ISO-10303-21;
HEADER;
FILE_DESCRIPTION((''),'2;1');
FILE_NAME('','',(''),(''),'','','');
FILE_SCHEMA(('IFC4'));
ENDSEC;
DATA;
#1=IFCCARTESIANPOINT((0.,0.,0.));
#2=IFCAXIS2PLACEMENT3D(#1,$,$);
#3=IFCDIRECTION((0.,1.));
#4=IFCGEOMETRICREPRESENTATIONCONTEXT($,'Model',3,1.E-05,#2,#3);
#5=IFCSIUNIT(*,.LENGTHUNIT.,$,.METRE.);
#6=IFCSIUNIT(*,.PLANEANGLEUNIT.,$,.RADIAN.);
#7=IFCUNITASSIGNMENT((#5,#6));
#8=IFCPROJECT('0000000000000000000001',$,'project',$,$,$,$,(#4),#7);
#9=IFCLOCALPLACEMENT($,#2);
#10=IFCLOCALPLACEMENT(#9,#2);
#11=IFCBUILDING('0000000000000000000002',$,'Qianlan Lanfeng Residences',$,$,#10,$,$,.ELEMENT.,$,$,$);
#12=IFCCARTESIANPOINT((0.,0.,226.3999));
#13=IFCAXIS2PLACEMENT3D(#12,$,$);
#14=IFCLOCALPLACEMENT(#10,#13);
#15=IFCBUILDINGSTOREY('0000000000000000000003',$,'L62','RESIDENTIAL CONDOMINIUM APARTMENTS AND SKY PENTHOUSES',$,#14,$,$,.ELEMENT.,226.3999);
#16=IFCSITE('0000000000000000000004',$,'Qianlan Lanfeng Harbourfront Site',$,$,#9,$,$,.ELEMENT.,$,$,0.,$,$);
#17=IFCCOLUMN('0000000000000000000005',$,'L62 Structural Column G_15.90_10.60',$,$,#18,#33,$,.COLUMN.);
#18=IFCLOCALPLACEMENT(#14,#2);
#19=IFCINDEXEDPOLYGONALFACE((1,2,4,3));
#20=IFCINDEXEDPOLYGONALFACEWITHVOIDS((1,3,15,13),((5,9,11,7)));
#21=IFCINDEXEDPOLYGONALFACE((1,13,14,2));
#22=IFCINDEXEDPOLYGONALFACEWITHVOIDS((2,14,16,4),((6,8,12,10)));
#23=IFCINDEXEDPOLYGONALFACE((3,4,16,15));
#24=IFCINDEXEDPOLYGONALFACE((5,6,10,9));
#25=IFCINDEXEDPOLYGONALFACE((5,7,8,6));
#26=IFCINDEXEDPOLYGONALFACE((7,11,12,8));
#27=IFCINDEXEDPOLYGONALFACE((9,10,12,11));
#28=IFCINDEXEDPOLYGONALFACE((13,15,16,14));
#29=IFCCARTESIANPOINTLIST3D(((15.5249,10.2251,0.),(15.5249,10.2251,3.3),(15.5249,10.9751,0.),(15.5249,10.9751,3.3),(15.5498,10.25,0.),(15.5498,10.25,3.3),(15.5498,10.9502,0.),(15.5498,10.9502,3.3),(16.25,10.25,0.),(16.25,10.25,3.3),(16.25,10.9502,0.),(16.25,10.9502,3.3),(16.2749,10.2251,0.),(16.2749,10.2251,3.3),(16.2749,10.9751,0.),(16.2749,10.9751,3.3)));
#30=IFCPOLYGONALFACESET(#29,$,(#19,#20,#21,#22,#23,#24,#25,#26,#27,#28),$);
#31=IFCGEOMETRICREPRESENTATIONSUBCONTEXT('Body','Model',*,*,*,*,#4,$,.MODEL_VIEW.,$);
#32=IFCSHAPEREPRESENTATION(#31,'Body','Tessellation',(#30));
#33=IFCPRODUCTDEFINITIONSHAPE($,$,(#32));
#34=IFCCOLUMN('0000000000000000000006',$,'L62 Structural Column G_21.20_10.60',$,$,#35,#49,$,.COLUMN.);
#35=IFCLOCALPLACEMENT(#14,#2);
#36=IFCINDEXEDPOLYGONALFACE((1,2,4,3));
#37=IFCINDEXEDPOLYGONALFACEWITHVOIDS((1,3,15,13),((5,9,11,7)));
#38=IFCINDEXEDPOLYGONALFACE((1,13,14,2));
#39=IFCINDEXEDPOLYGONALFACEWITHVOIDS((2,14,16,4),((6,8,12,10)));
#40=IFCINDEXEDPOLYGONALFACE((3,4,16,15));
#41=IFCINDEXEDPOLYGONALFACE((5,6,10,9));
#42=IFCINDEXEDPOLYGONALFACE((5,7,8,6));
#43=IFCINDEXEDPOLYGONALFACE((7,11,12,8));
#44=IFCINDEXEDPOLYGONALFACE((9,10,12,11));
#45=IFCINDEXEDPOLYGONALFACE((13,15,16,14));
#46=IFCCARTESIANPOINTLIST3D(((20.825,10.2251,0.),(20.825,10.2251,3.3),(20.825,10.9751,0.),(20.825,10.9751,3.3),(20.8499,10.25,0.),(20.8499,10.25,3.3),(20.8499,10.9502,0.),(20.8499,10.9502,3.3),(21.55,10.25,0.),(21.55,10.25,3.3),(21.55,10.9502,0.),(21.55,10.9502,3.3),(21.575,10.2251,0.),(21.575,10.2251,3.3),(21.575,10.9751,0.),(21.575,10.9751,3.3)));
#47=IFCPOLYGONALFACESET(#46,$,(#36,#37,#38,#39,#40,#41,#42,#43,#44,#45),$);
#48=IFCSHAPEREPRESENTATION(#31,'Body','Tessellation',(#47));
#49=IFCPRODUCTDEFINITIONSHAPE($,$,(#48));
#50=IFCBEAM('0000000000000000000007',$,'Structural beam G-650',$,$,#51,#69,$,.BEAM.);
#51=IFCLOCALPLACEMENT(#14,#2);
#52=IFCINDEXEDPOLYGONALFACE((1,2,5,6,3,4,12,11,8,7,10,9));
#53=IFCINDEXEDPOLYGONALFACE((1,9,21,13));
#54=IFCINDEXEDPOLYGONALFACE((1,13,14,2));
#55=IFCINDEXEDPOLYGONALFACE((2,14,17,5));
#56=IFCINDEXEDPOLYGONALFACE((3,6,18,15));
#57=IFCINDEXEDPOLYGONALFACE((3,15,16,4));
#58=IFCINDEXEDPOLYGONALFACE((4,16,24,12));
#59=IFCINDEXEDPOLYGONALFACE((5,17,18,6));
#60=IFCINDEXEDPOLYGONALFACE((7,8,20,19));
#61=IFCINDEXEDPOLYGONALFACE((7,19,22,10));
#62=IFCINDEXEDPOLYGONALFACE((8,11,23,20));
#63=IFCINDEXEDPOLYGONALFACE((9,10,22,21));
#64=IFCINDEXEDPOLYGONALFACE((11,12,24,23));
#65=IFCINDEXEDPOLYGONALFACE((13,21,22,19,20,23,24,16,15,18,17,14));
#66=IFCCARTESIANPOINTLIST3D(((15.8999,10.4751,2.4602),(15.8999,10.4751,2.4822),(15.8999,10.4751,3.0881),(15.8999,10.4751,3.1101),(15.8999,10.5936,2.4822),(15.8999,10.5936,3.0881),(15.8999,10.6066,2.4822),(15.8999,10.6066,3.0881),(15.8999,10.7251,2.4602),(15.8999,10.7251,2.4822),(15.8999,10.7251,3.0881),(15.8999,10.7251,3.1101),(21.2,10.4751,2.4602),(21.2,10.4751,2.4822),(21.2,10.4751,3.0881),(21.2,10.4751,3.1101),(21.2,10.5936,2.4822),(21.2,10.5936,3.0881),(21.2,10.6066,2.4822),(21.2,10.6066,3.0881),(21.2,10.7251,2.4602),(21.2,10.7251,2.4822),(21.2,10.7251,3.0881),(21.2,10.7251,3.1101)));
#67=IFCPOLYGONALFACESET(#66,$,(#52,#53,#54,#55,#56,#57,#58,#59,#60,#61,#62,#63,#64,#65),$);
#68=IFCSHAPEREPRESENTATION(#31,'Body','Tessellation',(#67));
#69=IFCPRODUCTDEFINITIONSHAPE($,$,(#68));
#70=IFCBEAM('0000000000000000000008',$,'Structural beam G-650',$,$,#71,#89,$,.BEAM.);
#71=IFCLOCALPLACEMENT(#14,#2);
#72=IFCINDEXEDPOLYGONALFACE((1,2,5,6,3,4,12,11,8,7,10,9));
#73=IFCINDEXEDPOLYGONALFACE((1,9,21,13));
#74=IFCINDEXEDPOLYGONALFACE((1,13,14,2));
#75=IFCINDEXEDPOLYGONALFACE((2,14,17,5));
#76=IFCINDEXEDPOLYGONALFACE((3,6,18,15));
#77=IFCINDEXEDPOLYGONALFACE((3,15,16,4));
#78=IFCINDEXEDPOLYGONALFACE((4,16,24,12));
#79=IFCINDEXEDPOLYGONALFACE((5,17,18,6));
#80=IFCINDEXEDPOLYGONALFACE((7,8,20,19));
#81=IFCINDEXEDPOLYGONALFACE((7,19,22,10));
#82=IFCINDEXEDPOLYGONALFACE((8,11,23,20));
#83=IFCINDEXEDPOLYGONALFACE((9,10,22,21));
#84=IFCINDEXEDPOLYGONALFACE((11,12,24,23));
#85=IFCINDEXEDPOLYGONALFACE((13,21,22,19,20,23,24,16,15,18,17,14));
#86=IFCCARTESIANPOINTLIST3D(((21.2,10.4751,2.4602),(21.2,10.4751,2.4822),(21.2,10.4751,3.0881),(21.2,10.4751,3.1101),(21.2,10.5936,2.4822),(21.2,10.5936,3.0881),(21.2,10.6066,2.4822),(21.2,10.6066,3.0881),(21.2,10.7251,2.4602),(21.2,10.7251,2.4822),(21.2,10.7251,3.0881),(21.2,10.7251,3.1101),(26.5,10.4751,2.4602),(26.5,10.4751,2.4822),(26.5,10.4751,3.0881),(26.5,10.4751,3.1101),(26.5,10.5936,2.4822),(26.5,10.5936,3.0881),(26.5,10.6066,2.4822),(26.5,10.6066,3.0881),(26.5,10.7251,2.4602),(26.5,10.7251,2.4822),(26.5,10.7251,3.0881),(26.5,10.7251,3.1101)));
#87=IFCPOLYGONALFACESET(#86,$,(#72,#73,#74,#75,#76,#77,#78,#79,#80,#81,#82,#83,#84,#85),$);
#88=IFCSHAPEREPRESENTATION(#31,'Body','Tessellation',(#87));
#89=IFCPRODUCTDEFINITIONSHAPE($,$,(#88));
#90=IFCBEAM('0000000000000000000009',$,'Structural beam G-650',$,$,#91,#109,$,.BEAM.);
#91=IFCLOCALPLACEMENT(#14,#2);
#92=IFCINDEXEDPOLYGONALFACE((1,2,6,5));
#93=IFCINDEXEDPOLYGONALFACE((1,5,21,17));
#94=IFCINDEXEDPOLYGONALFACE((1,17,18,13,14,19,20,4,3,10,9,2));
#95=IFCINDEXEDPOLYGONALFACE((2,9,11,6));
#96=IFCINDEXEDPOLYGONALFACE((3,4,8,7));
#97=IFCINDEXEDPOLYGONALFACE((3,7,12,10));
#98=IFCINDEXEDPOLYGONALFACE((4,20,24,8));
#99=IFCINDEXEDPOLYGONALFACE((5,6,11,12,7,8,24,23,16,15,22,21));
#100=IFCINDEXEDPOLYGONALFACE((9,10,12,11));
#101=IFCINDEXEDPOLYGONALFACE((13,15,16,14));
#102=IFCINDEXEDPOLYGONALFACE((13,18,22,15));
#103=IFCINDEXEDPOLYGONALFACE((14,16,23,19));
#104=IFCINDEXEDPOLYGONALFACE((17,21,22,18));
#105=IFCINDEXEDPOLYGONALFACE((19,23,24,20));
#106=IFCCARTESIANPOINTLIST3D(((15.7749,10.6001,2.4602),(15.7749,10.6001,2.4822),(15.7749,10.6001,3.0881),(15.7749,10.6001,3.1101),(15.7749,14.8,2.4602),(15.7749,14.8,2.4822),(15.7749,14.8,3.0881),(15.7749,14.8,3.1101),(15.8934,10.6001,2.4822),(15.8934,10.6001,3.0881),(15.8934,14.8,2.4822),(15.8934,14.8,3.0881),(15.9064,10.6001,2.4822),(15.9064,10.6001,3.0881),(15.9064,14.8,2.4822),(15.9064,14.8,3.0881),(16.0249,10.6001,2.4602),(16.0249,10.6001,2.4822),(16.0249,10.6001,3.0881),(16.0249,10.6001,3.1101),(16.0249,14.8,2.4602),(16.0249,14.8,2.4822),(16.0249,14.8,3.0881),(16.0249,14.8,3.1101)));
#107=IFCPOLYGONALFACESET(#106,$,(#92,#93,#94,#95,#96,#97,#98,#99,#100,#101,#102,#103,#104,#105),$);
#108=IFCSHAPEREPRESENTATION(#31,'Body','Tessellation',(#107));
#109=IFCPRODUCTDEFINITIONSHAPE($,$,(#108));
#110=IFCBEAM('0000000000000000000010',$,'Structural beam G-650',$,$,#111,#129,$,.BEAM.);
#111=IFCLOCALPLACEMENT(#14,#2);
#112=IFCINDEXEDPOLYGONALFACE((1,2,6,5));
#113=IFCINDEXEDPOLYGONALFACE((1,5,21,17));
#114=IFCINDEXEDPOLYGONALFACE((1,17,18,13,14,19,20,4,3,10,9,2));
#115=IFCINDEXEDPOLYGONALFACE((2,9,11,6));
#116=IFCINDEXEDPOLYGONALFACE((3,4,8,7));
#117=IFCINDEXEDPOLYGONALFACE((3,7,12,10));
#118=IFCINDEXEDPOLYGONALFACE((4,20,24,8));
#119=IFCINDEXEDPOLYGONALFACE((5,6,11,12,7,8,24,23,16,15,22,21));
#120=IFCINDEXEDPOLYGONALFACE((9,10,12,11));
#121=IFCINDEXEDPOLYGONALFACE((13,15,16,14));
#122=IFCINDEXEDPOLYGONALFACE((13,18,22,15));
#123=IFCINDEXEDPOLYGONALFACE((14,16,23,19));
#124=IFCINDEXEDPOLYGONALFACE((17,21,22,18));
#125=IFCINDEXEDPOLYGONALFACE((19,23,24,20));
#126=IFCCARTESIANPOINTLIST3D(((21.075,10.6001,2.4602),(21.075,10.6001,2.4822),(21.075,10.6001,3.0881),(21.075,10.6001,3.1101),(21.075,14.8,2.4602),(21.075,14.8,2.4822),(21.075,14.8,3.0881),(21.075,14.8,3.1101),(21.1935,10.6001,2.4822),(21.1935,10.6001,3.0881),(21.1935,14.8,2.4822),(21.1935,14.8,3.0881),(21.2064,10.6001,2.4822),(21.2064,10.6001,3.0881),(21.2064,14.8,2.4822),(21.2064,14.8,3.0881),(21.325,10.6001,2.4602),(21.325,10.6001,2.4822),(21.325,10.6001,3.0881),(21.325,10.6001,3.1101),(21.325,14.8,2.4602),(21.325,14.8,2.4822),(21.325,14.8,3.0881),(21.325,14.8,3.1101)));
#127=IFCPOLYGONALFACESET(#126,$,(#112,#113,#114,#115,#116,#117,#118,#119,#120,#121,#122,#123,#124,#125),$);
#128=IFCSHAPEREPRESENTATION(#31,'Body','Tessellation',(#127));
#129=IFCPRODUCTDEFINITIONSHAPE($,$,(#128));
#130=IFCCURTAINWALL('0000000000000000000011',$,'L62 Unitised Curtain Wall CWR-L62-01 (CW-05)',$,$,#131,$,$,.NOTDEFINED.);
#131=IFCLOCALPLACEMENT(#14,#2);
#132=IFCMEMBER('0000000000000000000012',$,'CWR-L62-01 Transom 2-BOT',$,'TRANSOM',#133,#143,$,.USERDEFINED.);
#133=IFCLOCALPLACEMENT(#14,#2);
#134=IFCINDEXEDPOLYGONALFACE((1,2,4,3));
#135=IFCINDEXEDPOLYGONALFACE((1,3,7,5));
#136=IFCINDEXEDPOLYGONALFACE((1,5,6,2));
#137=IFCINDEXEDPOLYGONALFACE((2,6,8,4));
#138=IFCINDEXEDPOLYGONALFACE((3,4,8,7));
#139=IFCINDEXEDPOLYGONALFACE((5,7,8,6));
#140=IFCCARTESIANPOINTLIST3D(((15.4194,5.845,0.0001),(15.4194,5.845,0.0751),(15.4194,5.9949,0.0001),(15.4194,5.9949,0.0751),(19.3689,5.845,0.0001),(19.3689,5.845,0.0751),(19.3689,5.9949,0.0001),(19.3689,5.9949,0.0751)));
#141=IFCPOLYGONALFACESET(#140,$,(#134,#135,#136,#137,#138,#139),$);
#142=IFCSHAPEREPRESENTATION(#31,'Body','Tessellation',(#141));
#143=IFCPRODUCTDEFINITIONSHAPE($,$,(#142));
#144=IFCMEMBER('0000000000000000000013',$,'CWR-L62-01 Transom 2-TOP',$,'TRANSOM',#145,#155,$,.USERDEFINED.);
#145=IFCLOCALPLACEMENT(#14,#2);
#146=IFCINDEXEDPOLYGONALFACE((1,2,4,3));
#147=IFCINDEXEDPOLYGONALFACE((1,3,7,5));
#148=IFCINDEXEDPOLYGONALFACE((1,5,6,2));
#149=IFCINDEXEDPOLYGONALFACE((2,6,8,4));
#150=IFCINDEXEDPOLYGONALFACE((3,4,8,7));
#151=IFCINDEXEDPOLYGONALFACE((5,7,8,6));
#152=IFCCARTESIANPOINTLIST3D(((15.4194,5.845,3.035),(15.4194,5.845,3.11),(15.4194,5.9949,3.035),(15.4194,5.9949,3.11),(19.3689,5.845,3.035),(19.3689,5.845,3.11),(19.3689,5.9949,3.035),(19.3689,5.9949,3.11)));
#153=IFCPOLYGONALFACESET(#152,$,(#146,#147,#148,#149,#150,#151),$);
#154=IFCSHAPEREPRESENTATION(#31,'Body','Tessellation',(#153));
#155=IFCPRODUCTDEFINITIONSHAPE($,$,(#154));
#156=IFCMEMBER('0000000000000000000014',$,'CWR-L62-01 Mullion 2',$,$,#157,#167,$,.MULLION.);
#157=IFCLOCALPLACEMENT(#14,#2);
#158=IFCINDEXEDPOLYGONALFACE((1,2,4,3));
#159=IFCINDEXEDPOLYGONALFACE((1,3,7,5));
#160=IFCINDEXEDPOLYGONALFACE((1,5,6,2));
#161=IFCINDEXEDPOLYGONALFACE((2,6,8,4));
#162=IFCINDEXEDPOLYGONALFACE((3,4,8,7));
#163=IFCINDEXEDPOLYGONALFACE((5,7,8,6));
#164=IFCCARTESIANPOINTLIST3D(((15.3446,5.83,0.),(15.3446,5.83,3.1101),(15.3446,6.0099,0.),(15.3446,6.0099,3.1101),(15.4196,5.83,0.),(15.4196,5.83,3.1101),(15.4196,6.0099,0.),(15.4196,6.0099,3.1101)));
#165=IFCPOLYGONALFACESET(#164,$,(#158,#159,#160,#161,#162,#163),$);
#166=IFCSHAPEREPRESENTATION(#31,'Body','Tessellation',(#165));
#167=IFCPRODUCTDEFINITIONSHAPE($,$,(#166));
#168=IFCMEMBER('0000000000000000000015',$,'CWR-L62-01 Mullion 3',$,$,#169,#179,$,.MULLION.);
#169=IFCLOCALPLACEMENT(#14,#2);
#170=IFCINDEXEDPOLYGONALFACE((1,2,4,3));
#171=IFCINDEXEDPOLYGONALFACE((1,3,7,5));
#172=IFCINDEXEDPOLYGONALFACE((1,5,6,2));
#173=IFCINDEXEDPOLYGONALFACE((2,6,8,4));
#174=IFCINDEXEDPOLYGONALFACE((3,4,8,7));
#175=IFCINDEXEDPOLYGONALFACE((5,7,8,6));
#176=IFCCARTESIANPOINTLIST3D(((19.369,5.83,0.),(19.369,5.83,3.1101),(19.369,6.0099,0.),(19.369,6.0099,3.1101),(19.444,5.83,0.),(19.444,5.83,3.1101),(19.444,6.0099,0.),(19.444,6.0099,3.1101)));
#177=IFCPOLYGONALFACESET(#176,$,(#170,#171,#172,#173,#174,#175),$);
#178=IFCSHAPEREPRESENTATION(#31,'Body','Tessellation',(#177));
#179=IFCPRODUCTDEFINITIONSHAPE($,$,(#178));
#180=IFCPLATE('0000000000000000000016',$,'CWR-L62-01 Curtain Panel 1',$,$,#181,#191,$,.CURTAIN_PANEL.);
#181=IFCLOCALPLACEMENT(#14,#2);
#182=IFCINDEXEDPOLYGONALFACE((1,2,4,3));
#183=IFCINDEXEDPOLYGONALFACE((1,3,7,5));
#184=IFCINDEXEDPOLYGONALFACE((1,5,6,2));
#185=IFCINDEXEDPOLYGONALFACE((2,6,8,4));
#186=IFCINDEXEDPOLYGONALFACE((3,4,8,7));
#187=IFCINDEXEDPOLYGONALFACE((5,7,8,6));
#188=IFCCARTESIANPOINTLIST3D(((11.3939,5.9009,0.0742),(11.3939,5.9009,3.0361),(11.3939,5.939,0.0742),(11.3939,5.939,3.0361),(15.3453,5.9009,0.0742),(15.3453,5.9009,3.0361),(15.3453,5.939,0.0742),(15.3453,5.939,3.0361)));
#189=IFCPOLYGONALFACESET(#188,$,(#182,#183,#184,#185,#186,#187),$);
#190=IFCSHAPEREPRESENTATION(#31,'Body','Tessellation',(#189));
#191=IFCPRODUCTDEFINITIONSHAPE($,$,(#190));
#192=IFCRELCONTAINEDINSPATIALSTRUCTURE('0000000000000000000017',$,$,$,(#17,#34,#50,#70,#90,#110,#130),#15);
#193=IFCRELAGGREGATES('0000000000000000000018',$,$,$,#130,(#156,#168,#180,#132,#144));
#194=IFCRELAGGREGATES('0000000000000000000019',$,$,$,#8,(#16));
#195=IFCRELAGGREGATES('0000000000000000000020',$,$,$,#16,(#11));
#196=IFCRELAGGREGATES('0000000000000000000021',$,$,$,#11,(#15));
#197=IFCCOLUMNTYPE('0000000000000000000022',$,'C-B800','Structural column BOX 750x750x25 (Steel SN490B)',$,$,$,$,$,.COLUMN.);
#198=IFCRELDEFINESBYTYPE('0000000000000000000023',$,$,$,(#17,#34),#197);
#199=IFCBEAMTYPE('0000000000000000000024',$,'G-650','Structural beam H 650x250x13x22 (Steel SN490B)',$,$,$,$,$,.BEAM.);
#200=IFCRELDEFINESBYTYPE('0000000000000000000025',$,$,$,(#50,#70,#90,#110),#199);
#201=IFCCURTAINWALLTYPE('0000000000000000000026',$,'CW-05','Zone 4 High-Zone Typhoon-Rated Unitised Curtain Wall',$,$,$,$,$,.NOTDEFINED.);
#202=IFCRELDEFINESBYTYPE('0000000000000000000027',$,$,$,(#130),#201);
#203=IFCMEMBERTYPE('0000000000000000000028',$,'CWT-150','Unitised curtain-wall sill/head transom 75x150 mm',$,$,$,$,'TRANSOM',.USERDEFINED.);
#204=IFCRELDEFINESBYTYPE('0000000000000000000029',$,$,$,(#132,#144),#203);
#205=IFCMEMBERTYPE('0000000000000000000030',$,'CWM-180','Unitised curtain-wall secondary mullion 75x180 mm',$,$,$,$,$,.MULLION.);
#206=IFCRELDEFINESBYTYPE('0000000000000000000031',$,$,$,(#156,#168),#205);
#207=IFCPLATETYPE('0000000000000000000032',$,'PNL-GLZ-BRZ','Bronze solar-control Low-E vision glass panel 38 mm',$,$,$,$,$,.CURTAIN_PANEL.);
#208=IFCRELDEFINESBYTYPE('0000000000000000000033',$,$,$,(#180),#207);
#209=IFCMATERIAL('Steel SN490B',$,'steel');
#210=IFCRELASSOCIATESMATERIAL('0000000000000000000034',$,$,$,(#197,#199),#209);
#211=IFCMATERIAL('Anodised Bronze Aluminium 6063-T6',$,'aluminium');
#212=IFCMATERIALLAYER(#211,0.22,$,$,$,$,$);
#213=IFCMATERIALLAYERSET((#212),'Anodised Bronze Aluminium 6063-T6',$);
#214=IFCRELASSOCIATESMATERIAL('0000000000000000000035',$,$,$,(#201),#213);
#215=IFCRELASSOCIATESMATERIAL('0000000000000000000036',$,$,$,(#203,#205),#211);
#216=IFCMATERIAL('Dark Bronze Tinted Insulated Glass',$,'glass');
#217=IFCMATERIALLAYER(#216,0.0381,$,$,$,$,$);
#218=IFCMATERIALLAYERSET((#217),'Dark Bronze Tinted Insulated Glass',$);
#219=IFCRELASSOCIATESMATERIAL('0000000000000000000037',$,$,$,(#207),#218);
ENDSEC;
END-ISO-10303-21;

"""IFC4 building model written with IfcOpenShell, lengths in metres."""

from ifc_helpers import new_model, si_unit, direction, frame, origin, origin_2d, place, context, subcontext, project, spatial, rectangle, hollow_rectangle, i_section, extrude, source, transform, mapped, material, layer, layer_set, material_profile, profile_set, type_object, element, aggregate, save


model = new_model("IFC4")

# Units and contexts
model_context = context("Model", 3, precision=1e-05, world=origin(), true_north=direction((0.0, 1.0)))
body_context = subcontext(model_context, "Body", "Model", "MODEL_VIEW")
ifc_project = project(units=[si_unit("LENGTHUNIT", "METRE"), si_unit("PLANEANGLEUNIT", "RADIAN")], contexts=[model_context])

# Site, building, storey
site_placement = place(None, origin())
site = spatial("IfcSite", under=ifc_project, at=site_placement, Name="Qianlan Lanfeng Harbourfront Site", CompositionType="ELEMENT", RefElevation=0.0)
building_placement = place(site_placement, origin())
building = spatial("IfcBuilding", under=site, at=building_placement, Name="Qianlan Lanfeng Residences", CompositionType="ELEMENT")
storey_placement = place(building_placement, frame((0.0, 0.0, 226.3999)))
storey = spatial("IfcBuildingStorey", under=building, at=storey_placement, Name="L62", Description="RESIDENTIAL CONDOMINIUM APARTMENTS AND SKY PENTHOUSES", CompositionType="ELEMENT", Elevation=226.3999)

# Columns
ifc_material_1 = material(Name="Steel SN490B", Category="steel")
ifc_material_profile_1 = material_profile(ifc_material_1, hollow_rectangle(XDim=0.75, YDim=0.75, WallThickness=0.0249, at=origin_2d()), Name="BOX 750x750x25")
ifc_profile_set_1 = profile_set([ifc_material_profile_1], Name="Steel SN490B")
column_type = type_object("IfcColumnType", Name="C-B800", Description="Structural column BOX 750x750x25 (Steel SN490B)", PredefinedType="COLUMN", material=ifc_profile_set_1)
for number, where, z_axis, x_axis, name in (
    (1, (15.8999, 10.6001, 0.0), (0.0, 0.0, 1.0), (1.0, 0.0, 0.0), "L62 Structural Column G_15.90_10.60"),
    (2, (21.2, 10.6001, 0.0), (0.0, 0.0, 1.0), (1.0, 0.0, 0.0), "L62 Structural Column G_21.20_10.60"),
):
    element("IfcColumn", number, at=place(storey_placement, frame(where, z_axis=z_axis, x_axis=x_axis)), inside=storey, type_object=column_type, Name=name, PredefinedType="COLUMN", context=body_context, shape_type="SweptSolid", body=[
        extrude(hollow_rectangle(XDim=0.75, YDim=0.75, WallThickness=0.0249, at=origin_2d()), origin(), (0.0, 0.0, 1.0), 3.3),
    ])

# Beams
ifc_material_profile_2 = material_profile(ifc_material_1, i_section(OverallWidth=0.25, OverallDepth=0.6499, WebThickness=0.0129, FlangeThickness=0.022, at=origin_2d()), Name="H 650x250x13x22")
ifc_profile_set_2 = profile_set([ifc_material_profile_2], Name="Steel SN490B")
beam_type = type_object("IfcBeamType", Name="G-650", Description="Structural beam H 650x250x13x22 (Steel SN490B)", PredefinedType="BEAM", material=ifc_profile_set_2)
for number, where, z_axis, x_axis, name in (
    (3, (15.8999, 10.6001, 2.7852), (1.0, 0.0, 0.0), (0.0, 1.0, 0.0), "Structural beam G-650"),
    (4, (21.2, 10.6001, 2.7852), (1.0, 0.0, 0.0), (0.0, 1.0, 0.0), "Structural beam G-650"),
):
    element("IfcBeam", number, at=place(storey_placement, frame(where, z_axis=z_axis, x_axis=x_axis)), inside=storey, type_object=beam_type, Name=name, PredefinedType="BEAM", context=body_context, shape_type="SweptSolid", body=[
        extrude(i_section(OverallWidth=0.25, OverallDepth=0.6499, WebThickness=0.0129, FlangeThickness=0.022, at=origin_2d()), origin(), (0.0, 0.0, 1.0), 5.3),
    ])
for number, where, z_axis, x_axis, name in (
    (5, (15.8999, 10.6001, 2.7852), (0.0, 1.0, 0.0), (-1.0, 0.0, 0.0), "Structural beam G-650"),
    (6, (21.2, 10.6001, 2.7852), (0.0, 1.0, 0.0), (-1.0, 0.0, 0.0), "Structural beam G-650"),
):
    element("IfcBeam", number, at=place(storey_placement, frame(where, z_axis=z_axis, x_axis=x_axis)), inside=storey, type_object=beam_type, Name=name, PredefinedType="BEAM", context=body_context, shape_type="SweptSolid", body=[
        extrude(i_section(OverallWidth=0.25, OverallDepth=0.6499, WebThickness=0.0129, FlangeThickness=0.022, at=origin_2d()), origin(), (0.0, 0.0, 1.0), 4.2),
    ])

# Curtain wall, members, plate
ifc_material_2 = material(Name="Anodised Bronze Aluminium 6063-T6", Category="aluminium")
ifc_layer_1 = layer(ifc_material_2, 0.22)
ifc_layer_set_1 = layer_set([ifc_layer_1], Name="Anodised Bronze Aluminium 6063-T6")
curtain_wall_type = type_object("IfcCurtainWallType", Name="CW-05", Description="Zone 4 High-Zone Typhoon-Rated Unitised Curtain Wall", PredefinedType="NOTDEFINED", material=ifc_layer_set_1)
curtain_wall_placement = place(storey_placement, origin())
curtain_wall = element("IfcCurtainWall", 7, at=curtain_wall_placement, inside=storey, type_object=curtain_wall_type, Name="L62 Unitised Curtain Wall CWR-L62-01 (CW-05)", PredefinedType="NOTDEFINED")
ifc_material_profile_3 = material_profile(ifc_material_2, rectangle(XDim=0.075, YDim=0.1499, at=origin_2d()), Name="ALU TRANSOM 75x150")
ifc_profile_set_3 = profile_set([ifc_material_profile_3], Name="Anodised Bronze Aluminium 6063-T6")
member_type_1 = type_object("IfcMemberType", Name="CWT-150", Description="Unitised curtain-wall sill/head transom 75x150 mm", ElementType="TRANSOM", PredefinedType="USERDEFINED", material=ifc_profile_set_3)
shared_shape_1 = source(origin(), body_context, "Body", "SweptSolid", [
    extrude(rectangle(XDim=0.075, YDim=0.1499, at=origin_2d()), origin(), (0.0, 0.0, 1.0), 3.9495),
])
member_1_placement = place(storey_placement, frame((15.4194, 5.9199, 0.0376), z_axis=(1.0, 0.0, 0.0), x_axis=(0.0, 0.0, 1.0)))
member_1 = element("IfcMember", 8, at=member_1_placement, type_object=member_type_1, Name="CWR-L62-01 Transom 2-BOT", ObjectType="TRANSOM", PredefinedType="USERDEFINED", context=body_context, shape_type="MappedRepresentation", body=[
    mapped(shared_shape_1, transform((0.0, 0.0, 0.0), scale=1.0)),
])
member_2_placement = place(storey_placement, frame((15.4194, 5.9199, 3.0725), z_axis=(1.0, 0.0, 0.0), x_axis=(0.0, 0.0, 1.0)))
member_2 = element("IfcMember", 9, at=member_2_placement, type_object=member_type_1, Name="CWR-L62-01 Transom 2-TOP", ObjectType="TRANSOM", PredefinedType="USERDEFINED", context=body_context, shape_type="MappedRepresentation", body=[
    mapped(shared_shape_1, transform((0.0, 0.0, 0.0), scale=1.0)),
])
ifc_material_profile_4 = material_profile(ifc_material_2, rectangle(XDim=0.075, YDim=0.1799, at=origin_2d()), Name="ALU MULLION 75x180")
ifc_profile_set_4 = profile_set([ifc_material_profile_4], Name="Anodised Bronze Aluminium 6063-T6")
member_type_2 = type_object("IfcMemberType", Name="CWM-180", Description="Unitised curtain-wall secondary mullion 75x180 mm", PredefinedType="MULLION", material=ifc_profile_set_4)
shared_shape_2 = source(origin(), body_context, "Body", "SweptSolid", [
    extrude(rectangle(XDim=0.075, YDim=0.1799, at=origin_2d()), origin(), (0.0, 0.0, 1.0), 3.1101),
])
member_3_placement = place(storey_placement, frame((15.3821, 5.9199, 0.0), z_axis=(0.0, 0.0, 1.0), x_axis=(1.0, 0.0, 0.0)))
member_3 = element("IfcMember", 10, at=member_3_placement, type_object=member_type_2, Name="CWR-L62-01 Mullion 2", PredefinedType="MULLION", context=body_context, shape_type="MappedRepresentation", body=[
    mapped(shared_shape_2, transform((0.0, 0.0, 0.0), scale=1.0)),
])
member_4_placement = place(storey_placement, frame((19.4065, 5.9199, 0.0), z_axis=(0.0, 0.0, 1.0), x_axis=(1.0, 0.0, 0.0)))
member_4 = element("IfcMember", 11, at=member_4_placement, type_object=member_type_2, Name="CWR-L62-01 Mullion 3", PredefinedType="MULLION", context=body_context, shape_type="MappedRepresentation", body=[
    mapped(shared_shape_2, transform((0.0, 0.0, 0.0), scale=1.0)),
])
ifc_material_3 = material(Name="Dark Bronze Tinted Insulated Glass", Category="glass")
ifc_layer_2 = layer(ifc_material_3, 0.0381)
ifc_layer_set_2 = layer_set([ifc_layer_2], Name="Dark Bronze Tinted Insulated Glass")
plate_type = type_object("IfcPlateType", Name="PNL-GLZ-BRZ", Description="Bronze solar-control Low-E vision glass panel 38 mm", PredefinedType="CURTAIN_PANEL", material=ifc_layer_set_2)
shared_shape_3 = source(origin(), body_context, "Body", "SweptSolid", [
    extrude(rectangle(XDim=3.9514, YDim=0.0381, at=origin_2d()), origin(), (0.0, 0.0, 1.0), 2.9619),
])
plate_1_placement = place(storey_placement, frame((13.3696, 5.9199, 0.0742), z_axis=(0.0, 0.0, 1.0), x_axis=(1.0, 0.0, 0.0)))
plate_1 = element("IfcPlate", 12, at=plate_1_placement, type_object=plate_type, Name="CWR-L62-01 Curtain Panel 1", PredefinedType="CURTAIN_PANEL", context=body_context, shape_type="MappedRepresentation", body=[
    mapped(shared_shape_3, transform((0.0, 0.0, 0.0), scale=1.0)),
])
aggregate(curtain_wall, [member_3, member_4, plate_1, member_1, member_2])

save(model, "model.ifc")
